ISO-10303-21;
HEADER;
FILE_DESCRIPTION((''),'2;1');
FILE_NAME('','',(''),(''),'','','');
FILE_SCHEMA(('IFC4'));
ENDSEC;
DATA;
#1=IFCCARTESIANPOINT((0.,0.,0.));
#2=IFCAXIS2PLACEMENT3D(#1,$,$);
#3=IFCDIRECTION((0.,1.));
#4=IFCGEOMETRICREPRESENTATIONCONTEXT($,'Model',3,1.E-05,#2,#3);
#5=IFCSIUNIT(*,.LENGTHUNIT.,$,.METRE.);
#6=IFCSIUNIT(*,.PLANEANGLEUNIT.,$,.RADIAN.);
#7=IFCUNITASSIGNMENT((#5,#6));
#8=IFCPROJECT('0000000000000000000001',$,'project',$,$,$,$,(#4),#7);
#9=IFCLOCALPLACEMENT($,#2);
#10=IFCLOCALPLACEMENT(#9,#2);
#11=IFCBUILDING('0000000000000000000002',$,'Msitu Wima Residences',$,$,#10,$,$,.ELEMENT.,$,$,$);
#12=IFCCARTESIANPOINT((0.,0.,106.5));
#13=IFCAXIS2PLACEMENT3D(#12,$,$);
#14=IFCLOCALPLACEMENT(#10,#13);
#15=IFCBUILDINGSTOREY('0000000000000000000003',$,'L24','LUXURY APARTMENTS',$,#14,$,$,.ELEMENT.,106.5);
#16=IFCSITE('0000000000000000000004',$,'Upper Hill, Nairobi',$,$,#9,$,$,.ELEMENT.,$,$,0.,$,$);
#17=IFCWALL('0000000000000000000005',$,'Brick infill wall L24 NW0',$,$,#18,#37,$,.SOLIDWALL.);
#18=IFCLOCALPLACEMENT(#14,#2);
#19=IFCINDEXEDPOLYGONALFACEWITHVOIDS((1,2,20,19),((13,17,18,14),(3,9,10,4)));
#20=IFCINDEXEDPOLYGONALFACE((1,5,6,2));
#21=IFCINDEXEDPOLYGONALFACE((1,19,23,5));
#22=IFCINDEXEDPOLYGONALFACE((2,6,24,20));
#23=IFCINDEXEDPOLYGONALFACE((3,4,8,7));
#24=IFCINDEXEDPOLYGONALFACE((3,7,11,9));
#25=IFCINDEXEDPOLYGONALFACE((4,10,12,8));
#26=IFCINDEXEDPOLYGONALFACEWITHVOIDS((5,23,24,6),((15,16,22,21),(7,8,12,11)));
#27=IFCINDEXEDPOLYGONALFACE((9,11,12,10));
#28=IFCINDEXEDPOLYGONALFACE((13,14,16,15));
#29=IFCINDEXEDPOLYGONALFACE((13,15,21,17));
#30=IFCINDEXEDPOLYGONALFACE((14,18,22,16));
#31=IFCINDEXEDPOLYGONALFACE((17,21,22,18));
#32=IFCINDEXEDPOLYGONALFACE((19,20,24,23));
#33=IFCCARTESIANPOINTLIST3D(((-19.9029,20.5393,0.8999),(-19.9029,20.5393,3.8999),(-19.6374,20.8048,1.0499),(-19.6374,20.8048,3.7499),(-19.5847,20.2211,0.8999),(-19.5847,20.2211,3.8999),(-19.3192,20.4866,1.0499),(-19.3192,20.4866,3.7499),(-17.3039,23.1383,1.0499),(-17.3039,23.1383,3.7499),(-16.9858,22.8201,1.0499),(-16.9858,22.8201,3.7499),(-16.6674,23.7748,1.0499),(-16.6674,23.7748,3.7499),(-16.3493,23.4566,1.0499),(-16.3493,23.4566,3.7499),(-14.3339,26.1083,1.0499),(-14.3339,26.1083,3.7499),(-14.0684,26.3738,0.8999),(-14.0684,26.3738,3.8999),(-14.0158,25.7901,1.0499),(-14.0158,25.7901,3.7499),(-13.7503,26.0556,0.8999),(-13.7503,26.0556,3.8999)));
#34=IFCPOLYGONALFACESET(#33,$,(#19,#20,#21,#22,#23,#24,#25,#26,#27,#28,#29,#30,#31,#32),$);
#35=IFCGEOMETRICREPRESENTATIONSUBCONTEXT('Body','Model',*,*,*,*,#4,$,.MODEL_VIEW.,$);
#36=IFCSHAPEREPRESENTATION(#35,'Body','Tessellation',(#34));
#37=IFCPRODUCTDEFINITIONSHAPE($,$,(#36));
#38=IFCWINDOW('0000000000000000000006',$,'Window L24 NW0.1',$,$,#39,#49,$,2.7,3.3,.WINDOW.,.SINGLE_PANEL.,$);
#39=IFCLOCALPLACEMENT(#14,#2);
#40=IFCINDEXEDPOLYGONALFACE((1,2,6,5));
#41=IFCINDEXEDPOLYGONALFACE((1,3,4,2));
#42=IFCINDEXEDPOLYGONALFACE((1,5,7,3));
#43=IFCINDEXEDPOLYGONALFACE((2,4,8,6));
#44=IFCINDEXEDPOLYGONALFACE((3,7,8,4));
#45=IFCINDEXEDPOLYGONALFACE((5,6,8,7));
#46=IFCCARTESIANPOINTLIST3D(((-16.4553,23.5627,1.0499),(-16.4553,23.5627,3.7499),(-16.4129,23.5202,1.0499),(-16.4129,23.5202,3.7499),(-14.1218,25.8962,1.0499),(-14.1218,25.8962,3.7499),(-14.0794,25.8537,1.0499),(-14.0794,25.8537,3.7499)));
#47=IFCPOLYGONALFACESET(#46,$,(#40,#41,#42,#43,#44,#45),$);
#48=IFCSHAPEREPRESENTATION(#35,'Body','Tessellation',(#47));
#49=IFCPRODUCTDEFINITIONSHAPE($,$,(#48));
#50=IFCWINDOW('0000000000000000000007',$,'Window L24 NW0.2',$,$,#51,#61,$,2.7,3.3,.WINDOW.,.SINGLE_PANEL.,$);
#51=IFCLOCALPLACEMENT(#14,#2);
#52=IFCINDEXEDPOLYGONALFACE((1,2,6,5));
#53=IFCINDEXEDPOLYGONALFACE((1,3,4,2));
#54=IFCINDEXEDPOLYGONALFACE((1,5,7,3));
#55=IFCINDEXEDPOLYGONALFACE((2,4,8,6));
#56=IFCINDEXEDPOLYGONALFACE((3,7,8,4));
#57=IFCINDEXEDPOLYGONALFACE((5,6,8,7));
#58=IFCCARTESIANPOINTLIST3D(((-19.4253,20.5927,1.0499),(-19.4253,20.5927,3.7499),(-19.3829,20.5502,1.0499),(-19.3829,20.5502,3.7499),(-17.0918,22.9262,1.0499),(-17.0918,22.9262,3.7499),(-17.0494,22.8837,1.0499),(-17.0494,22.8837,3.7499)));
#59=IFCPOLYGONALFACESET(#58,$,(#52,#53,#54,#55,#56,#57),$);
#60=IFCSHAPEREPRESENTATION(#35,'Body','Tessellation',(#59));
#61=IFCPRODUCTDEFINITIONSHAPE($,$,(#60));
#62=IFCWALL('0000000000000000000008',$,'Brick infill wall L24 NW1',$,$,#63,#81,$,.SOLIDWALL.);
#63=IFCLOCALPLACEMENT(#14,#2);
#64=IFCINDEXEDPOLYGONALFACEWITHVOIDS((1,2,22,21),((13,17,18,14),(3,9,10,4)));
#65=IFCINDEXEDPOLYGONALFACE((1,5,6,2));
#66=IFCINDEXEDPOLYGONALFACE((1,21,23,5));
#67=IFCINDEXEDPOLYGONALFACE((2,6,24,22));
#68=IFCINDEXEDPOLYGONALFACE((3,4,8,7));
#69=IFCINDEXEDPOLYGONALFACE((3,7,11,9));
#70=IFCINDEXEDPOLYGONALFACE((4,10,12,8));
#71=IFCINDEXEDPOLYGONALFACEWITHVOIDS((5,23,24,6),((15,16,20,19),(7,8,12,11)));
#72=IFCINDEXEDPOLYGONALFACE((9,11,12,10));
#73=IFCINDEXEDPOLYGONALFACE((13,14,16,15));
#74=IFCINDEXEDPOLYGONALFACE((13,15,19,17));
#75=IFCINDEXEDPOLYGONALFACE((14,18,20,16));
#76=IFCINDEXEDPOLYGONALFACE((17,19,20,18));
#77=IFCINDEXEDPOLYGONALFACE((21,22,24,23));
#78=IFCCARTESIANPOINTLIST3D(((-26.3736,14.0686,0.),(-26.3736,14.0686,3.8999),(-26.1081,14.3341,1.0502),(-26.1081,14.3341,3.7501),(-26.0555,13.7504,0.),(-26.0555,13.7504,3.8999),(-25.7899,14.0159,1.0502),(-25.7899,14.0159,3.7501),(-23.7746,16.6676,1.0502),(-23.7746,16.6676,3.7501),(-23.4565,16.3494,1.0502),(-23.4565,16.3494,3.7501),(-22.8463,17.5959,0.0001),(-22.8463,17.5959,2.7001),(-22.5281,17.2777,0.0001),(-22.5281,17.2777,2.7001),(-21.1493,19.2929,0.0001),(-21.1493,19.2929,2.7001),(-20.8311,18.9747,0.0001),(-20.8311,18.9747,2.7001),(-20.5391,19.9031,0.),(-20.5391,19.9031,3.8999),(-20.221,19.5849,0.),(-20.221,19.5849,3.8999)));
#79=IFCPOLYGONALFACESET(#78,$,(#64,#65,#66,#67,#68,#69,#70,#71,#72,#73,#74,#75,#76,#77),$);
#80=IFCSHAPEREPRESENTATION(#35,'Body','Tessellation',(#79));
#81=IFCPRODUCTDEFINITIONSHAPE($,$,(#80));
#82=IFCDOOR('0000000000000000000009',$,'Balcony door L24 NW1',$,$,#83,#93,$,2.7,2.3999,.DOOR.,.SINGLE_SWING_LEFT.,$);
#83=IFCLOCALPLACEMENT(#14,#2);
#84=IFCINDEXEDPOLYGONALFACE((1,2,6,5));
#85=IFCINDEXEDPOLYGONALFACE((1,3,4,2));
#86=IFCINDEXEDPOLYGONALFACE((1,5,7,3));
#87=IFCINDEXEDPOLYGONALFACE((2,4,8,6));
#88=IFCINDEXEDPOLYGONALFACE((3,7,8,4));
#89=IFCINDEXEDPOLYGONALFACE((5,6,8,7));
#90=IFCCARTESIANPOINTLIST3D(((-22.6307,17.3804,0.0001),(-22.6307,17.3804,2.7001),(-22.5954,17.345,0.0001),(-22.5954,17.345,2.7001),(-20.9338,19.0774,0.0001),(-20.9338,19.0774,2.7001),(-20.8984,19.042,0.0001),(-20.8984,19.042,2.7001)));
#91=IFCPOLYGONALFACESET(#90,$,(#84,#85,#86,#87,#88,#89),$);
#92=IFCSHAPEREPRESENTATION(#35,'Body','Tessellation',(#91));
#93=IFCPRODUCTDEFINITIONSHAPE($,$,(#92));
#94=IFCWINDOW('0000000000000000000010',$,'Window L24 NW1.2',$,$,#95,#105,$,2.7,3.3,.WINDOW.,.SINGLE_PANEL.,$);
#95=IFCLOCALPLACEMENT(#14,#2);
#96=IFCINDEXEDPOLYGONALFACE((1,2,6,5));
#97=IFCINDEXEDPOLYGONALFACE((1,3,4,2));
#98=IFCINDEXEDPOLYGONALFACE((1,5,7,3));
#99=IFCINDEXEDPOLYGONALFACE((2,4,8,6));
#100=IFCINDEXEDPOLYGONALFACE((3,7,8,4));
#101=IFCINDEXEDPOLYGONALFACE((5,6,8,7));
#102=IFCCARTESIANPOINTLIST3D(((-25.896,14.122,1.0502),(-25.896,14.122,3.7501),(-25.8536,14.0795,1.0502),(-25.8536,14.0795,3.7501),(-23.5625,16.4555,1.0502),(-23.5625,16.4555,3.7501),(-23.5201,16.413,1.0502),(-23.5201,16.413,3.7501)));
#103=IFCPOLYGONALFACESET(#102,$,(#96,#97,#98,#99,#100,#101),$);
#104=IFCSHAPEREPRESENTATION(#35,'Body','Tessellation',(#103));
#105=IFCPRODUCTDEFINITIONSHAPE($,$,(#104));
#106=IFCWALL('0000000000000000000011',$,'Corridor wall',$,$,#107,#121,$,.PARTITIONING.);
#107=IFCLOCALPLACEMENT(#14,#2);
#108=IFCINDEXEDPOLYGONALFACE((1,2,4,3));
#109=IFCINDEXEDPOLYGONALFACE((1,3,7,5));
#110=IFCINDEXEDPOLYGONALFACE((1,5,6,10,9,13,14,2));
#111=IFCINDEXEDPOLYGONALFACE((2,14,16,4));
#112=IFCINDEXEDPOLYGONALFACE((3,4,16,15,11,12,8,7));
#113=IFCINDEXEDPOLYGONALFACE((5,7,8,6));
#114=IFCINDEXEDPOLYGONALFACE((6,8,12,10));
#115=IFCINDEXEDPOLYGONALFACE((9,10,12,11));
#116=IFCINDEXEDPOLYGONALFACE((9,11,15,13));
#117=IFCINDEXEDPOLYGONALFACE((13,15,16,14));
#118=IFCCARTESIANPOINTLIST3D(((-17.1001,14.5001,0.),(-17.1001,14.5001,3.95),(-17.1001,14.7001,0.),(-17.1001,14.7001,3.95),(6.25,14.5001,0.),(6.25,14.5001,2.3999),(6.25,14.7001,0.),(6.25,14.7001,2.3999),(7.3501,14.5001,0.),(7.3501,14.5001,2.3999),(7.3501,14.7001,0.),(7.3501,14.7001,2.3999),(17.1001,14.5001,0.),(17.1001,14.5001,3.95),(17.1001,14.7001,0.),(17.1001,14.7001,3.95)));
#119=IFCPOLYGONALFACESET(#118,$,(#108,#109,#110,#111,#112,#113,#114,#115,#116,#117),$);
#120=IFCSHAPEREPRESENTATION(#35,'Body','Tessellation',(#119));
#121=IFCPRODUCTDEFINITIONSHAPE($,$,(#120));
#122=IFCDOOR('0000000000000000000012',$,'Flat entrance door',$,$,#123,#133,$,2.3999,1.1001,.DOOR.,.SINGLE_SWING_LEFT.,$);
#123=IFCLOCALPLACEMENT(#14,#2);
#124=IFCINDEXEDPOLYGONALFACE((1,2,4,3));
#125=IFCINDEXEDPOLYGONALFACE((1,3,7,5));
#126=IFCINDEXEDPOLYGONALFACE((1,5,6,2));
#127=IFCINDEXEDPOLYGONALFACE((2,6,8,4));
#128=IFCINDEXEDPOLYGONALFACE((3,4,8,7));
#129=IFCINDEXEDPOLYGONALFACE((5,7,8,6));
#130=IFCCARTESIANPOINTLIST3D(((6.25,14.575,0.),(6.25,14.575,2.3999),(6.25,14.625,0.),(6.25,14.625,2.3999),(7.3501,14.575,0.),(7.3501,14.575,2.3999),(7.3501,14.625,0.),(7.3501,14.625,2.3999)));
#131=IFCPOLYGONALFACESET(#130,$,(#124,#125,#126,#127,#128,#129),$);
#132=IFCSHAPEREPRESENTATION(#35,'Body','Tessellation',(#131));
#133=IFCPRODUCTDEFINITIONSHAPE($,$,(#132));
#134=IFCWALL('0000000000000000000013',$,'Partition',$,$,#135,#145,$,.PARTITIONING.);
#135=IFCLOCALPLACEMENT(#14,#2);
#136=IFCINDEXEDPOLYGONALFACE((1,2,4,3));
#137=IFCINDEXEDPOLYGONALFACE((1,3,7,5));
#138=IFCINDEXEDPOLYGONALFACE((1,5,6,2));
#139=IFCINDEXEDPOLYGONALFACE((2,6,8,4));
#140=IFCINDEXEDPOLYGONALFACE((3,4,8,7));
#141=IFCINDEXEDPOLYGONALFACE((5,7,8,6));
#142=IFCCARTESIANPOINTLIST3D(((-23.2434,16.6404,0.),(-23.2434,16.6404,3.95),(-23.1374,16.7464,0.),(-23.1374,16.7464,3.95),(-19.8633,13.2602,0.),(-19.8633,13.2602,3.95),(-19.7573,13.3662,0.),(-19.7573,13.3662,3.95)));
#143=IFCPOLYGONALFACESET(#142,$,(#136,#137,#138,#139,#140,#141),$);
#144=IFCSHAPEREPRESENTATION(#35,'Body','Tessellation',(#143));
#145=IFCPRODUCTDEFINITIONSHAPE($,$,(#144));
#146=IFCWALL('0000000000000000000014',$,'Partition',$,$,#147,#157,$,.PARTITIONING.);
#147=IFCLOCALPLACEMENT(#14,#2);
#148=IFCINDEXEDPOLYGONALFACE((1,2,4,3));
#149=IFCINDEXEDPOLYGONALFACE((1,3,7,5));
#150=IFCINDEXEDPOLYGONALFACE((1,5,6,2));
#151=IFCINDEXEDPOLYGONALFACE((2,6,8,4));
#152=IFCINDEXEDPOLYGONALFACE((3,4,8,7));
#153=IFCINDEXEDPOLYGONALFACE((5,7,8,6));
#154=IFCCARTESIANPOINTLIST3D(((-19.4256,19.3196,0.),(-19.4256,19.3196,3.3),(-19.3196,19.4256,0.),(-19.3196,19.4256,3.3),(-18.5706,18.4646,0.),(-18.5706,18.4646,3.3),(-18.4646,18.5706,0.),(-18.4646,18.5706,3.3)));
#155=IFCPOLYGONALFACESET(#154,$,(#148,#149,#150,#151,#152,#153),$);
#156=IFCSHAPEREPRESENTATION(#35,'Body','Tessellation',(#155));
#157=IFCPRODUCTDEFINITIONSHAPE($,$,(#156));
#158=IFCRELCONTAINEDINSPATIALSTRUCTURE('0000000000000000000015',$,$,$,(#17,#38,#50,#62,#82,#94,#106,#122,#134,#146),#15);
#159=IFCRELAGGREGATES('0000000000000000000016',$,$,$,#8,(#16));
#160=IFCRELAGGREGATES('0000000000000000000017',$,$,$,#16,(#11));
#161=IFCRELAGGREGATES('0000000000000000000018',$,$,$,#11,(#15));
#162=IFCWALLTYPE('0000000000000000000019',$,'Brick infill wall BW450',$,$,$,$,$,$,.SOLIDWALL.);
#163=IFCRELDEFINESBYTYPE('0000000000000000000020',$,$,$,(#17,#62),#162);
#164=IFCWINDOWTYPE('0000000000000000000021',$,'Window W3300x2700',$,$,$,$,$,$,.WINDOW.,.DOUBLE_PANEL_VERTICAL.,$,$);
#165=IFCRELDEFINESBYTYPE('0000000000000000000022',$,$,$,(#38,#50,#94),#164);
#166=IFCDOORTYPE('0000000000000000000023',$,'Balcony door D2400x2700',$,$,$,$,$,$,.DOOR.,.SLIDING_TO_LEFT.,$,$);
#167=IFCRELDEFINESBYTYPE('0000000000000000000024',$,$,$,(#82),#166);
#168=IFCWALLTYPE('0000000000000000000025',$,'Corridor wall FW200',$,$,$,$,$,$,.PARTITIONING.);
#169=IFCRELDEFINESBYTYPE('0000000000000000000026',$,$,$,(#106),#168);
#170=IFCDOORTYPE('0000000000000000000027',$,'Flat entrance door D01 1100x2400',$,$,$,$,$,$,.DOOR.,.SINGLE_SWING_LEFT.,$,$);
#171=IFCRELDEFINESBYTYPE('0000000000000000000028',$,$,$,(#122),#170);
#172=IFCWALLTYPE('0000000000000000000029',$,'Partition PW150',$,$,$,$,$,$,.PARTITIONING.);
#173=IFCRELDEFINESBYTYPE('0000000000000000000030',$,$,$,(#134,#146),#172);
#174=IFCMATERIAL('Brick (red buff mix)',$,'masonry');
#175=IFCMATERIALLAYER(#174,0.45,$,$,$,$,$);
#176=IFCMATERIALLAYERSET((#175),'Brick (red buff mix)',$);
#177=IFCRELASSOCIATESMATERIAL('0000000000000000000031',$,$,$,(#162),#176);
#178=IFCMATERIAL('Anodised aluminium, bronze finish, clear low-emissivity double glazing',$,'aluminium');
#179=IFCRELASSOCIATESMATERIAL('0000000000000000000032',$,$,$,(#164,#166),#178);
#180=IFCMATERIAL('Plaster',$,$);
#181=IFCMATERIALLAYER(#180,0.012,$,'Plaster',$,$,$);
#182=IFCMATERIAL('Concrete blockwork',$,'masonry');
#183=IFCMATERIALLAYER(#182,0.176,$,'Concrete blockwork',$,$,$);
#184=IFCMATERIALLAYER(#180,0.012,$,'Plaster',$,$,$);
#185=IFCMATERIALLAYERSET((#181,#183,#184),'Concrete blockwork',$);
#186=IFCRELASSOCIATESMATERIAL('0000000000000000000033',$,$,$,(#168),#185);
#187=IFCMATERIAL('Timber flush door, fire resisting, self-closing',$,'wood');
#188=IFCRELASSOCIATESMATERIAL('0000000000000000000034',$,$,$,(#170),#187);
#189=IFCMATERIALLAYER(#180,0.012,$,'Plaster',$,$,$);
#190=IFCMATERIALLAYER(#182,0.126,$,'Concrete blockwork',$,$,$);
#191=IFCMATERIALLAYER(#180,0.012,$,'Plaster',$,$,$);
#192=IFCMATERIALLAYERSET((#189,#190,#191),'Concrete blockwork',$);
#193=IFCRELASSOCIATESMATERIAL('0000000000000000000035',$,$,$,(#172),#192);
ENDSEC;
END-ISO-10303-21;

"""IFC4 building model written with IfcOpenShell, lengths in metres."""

from ifc_helpers import new_model, si_unit, direction, frame, frame_2d, origin, place, context, subcontext, project, spatial, rectangle, extrude, material, layer, layer_set, type_object, element, fill, save


model = new_model("IFC4")

# Units and contexts
model_context = context("Model", 3, precision=1e-05, world=origin(), true_north=direction((0.0, 1.0)))
body_context = subcontext(model_context, "Body", "Model", "MODEL_VIEW")
ifc_project = project(units=[si_unit("LENGTHUNIT", "METRE"), si_unit("PLANEANGLEUNIT", "RADIAN")], contexts=[model_context])

# Site, building, storey
site_placement = place(None, origin())
site = spatial("IfcSite", under=ifc_project, at=site_placement, Name="Upper Hill, Nairobi", CompositionType="ELEMENT", RefElevation=0.0)
building_placement = place(site_placement, origin())
building = spatial("IfcBuilding", under=site, at=building_placement, Name="Msitu Wima Residences", CompositionType="ELEMENT")
storey_placement = place(building_placement, frame((0.0, 0.0, 106.5)))
storey = spatial("IfcBuildingStorey", under=building, at=storey_placement, Name="L24", Description="LUXURY APARTMENTS", CompositionType="ELEMENT", Elevation=106.5)

# Wall, openings, windows
ifc_material_1 = material(Name="Brick (red buff mix)", Category="masonry")
ifc_layer_1 = layer(ifc_material_1, 0.45)
ifc_layer_set_1 = layer_set([ifc_layer_1], Name="Brick (red buff mix)")
wall_type_1 = type_object("IfcWallType", Name="Brick infill wall BW450", PredefinedType="SOLIDWALL", material=ifc_layer_set_1)
wall_1_placement = place(storey_placement, frame((-13.9094, 26.2146, 0.8999), z_axis=(0.0, 0.0, 1.0), x_axis=(-0.707107, -0.707107, 0.0)))
wall_1 = element("IfcWall", 1, at=wall_1_placement, inside=storey, type_object=wall_type_1, Name="Brick infill wall L24 NW0", PredefinedType="SOLIDWALL", context=body_context, shape_type="SweptSolid", body=[
    extrude(rectangle(XDim=8.2512, YDim=0.45, at=frame_2d((4.1255, 0.0))), origin(), (0.0, 0.0, 1.0), 3.0),
])
opening_1_placement = place(wall_1_placement, frame((0.3755, 0.0, 0.1499)))
opening_1 = element("IfcOpeningElement", 2, at=opening_1_placement, cuts=wall_1, PredefinedType="OPENING", context=body_context, shape_type="SweptSolid", body=[
    extrude(rectangle(XDim=3.3, YDim=2.7, at=frame_2d((1.6499, 1.3501))), frame((0.0, 0.2349, 0.0), z_axis=(0.0, -1.0, 0.0), x_axis=(1.0, 0.0, 0.0)), (0.0, 0.0, 1.0), 0.47),
])
opening_2_placement = place(wall_1_placement, frame((4.5757, 0.0, 0.1499)))
opening_2 = element("IfcOpeningElement", 3, at=opening_2_placement, cuts=wall_1, PredefinedType="OPENING", context=body_context, shape_type="SweptSolid", body=[
    extrude(rectangle(XDim=3.3, YDim=2.7, at=frame_2d((1.6499, 1.3501))), frame((0.0, 0.2349, 0.0), z_axis=(0.0, -1.0, 0.0), x_axis=(1.0, 0.0, 0.0)), (0.0, 0.0, 1.0), 0.47),
])
ifc_material_2 = material(Name="Anodised aluminium, bronze finish, clear low-emissivity double glazing", Category="aluminium")
window_type = type_object("IfcWindowType", Name="Window W3300x2700", PartitioningType="DOUBLE_PANEL_VERTICAL", PredefinedType="WINDOW", material=ifc_material_2)
window_1_placement = place(opening_1_placement, origin())
window_1 = element("IfcWindow", 4, at=window_1_placement, inside=storey, type_object=window_type, Name="Window L24 NW0.1", OverallHeight=2.7, OverallWidth=3.3, PartitioningType="SINGLE_PANEL", PredefinedType="WINDOW", context=body_context, shape_type="SweptSolid", body=[
    extrude(rectangle(XDim=3.3, YDim=2.7, at=frame_2d((1.6499, 1.3501))), frame((0.0, 0.135, 0.0), z_axis=(0.0, -1.0, 0.0), x_axis=(1.0, 0.0, 0.0)), (0.0, 0.0, 1.0), 0.0601),
])
fill(opening_1, window_1)
window_2_placement = place(opening_2_placement, origin())
window_2 = element("IfcWindow", 5, at=window_2_placement, inside=storey, type_object=window_type, Name="Window L24 NW0.2", OverallHeight=2.7, OverallWidth=3.3, PartitioningType="SINGLE_PANEL", PredefinedType="WINDOW", context=body_context, shape_type="SweptSolid", body=[
    extrude(rectangle(XDim=3.3, YDim=2.7, at=frame_2d((1.6499, 1.3501))), frame((0.0, 0.135, 0.0), z_axis=(0.0, -1.0, 0.0), x_axis=(1.0, 0.0, 0.0)), (0.0, 0.0, 1.0), 0.0601),
])
fill(opening_2, window_2)

# Wall, openings, door, window
wall_2_placement = place(storey_placement, frame((-20.3801, 19.7439, 0.0), z_axis=(0.0, 0.0, 1.0), x_axis=(-0.707107, -0.707107, 0.0)))
wall_2 = element("IfcWall", 6, at=wall_2_placement, inside=storey, type_object=wall_type_1, Name="Brick infill wall L24 NW1", PredefinedType="SOLIDWALL", context=body_context, shape_type="SweptSolid", body=[
    extrude(rectangle(XDim=8.2512, YDim=0.45, at=frame_2d((4.1255, 0.0))), origin(), (0.0, 0.0, 1.0), 3.8999),
])
opening_3_placement = place(wall_2_placement, frame((0.8628, 0.0, 0.0)))
opening_3 = element("IfcOpeningElement", 7, at=opening_3_placement, cuts=wall_2, PredefinedType="OPENING", context=body_context, shape_type="SweptSolid", body=[
    extrude(rectangle(XDim=2.3999, YDim=2.7, at=frame_2d((1.2, 1.3501))), frame((0.0, 0.2349, 0.0), z_axis=(0.0, -1.0, 0.0), x_axis=(1.0, 0.0, 0.0)), (0.0, 0.0, 1.0), 0.47),
])
opening_4_placement = place(wall_2_placement, frame((4.5757, 0.0, 1.05)))
opening_4 = element("IfcOpeningElement", 8, at=opening_4_placement, cuts=wall_2, PredefinedType="OPENING", context=body_context, shape_type="SweptSolid", body=[
    extrude(rectangle(XDim=3.3, YDim=2.7, at=frame_2d((1.6499, 1.3501))), frame((0.0, 0.2349, 0.0), z_axis=(0.0, -1.0, 0.0), x_axis=(1.0, 0.0, 0.0)), (0.0, 0.0, 1.0), 0.47),
])
door_type_1 = type_object("IfcDoorType", Name="Balcony door D2400x2700", OperationType="SLIDING_TO_LEFT", PredefinedType="DOOR", material=ifc_material_2)
door_1_placement = place(opening_3_placement, origin())
door_1 = element("IfcDoor", 9, at=door_1_placement, inside=storey, type_object=door_type_1, Name="Balcony door L24 NW1", OperationType="SINGLE_SWING_LEFT", OverallHeight=2.7, OverallWidth=2.3999, PredefinedType="DOOR", context=body_context, shape_type="SweptSolid", body=[
    extrude(rectangle(XDim=2.3999, YDim=2.7, at=frame_2d((1.2, 1.3501))), frame((0.0, 0.1299, 0.0), z_axis=(0.0, -1.0, 0.0), x_axis=(1.0, 0.0, 0.0)), (0.0, 0.0, 1.0), 0.05),
])
fill(opening_3, door_1)
window_3_placement = place(opening_4_placement, origin())
window_3 = element("IfcWindow", 10, at=window_3_placement, inside=storey, type_object=window_type, Name="Window L24 NW1.2", OverallHeight=2.7, OverallWidth=3.3, PartitioningType="SINGLE_PANEL", PredefinedType="WINDOW", context=body_context, shape_type="SweptSolid", body=[
    extrude(rectangle(XDim=3.3, YDim=2.7, at=frame_2d((1.6499, 1.3501))), frame((0.0, 0.135, 0.0), z_axis=(0.0, -1.0, 0.0), x_axis=(1.0, 0.0, 0.0)), (0.0, 0.0, 1.0), 0.0601),
])
fill(opening_4, window_3)

# Wall, opening, door
ifc_material_3 = material(Name="Plaster")
ifc_layer_2 = layer(ifc_material_3, 0.012, Name="Plaster")
ifc_material_4 = material(Name="Concrete blockwork", Category="masonry")
ifc_layer_3 = layer(ifc_material_4, 0.176, Name="Concrete blockwork")
ifc_layer_4 = layer(ifc_material_3, 0.012, Name="Plaster")
ifc_layer_set_2 = layer_set([ifc_layer_2, ifc_layer_3, ifc_layer_4], Name="Concrete blockwork")
wall_type_2 = type_object("IfcWallType", Name="Corridor wall FW200", PredefinedType="PARTITIONING", material=ifc_layer_set_2)
wall_3_placement = place(storey_placement, frame((-17.1001, 14.6001, 0.0), z_axis=(0.0, 0.0, 1.0), x_axis=(1.0, 0.0, 0.0)))
wall_3 = element("IfcWall", 11, at=wall_3_placement, inside=storey, type_object=wall_type_2, Name="Corridor wall", PredefinedType="PARTITIONING", context=body_context, shape_type="SweptSolid", body=[
    extrude(rectangle(XDim=34.2002, YDim=0.2, at=frame_2d((17.1001, 0.0))), origin(), (0.0, 0.0, 1.0), 3.95),
])
opening_5_placement = place(wall_3_placement, frame((23.3501, 0.0, 0.0)))
opening_5 = element("IfcOpeningElement", 12, at=opening_5_placement, cuts=wall_3, PredefinedType="OPENING", context=body_context, shape_type="SweptSolid", body=[
    extrude(rectangle(XDim=1.1001, YDim=2.3999, at=frame_2d((0.55, 1.2))), frame((0.0, 0.1099, 0.0), z_axis=(0.0, -1.0, 0.0), x_axis=(1.0, 0.0, 0.0)), (0.0, 0.0, 1.0), 0.22),
])
ifc_material_5 = material(Name="Timber flush door, fire resisting, self-closing", Category="wood")
door_type_2 = type_object("IfcDoorType", Name="Flat entrance door D01 1100x2400", OperationType="SINGLE_SWING_LEFT", PredefinedType="DOOR", material=ifc_material_5)
door_2_placement = place(opening_5_placement, origin())
door_2 = element("IfcDoor", 13, at=door_2_placement, inside=storey, type_object=door_type_2, Name="Flat entrance door", OperationType="SINGLE_SWING_LEFT", OverallHeight=2.3999, OverallWidth=1.1001, PredefinedType="DOOR", context=body_context, shape_type="SweptSolid", body=[
    extrude(rectangle(XDim=1.1001, YDim=2.3999, at=frame_2d((0.55, 1.2))), frame((0.0, 0.0249, 0.0), z_axis=(0.0, -1.0, 0.0), x_axis=(1.0, 0.0, 0.0)), (0.0, 0.0, 1.0), 0.05),
])
fill(opening_5, door_2)

# Walls
ifc_layer_5 = layer(ifc_material_3, 0.012, Name="Plaster")
ifc_layer_6 = layer(ifc_material_4, 0.126, Name="Concrete blockwork")
ifc_layer_7 = layer(ifc_material_3, 0.012, Name="Plaster")
ifc_layer_set_3 = layer_set([ifc_layer_5, ifc_layer_6, ifc_layer_7], Name="Concrete blockwork")
wall_type_3 = type_object("IfcWallType", Name="Partition PW150", PredefinedType="PARTITIONING", material=ifc_layer_set_3)
wall_4_placement = place(storey_placement, frame((-23.1904, 16.6934, 0.0), z_axis=(0.0, 0.0, 1.0), x_axis=(0.707107, -0.707107, 0.0)))
element("IfcWall", 14, at=wall_4_placement, inside=storey, type_object=wall_type_3, Name="Partition", PredefinedType="PARTITIONING", context=body_context, shape_type="SweptSolid", body=[
    extrude(rectangle(XDim=4.7803, YDim=0.1499, at=frame_2d((2.3901, 0.0))), origin(), (0.0, 0.0, 1.0), 3.95),
])
wall_5_placement = place(storey_placement, frame((-19.3726, 19.3726, 0.0), z_axis=(0.0, 0.0, 1.0), x_axis=(0.707107, -0.707107, 0.0)))
element("IfcWall", 15, at=wall_5_placement, inside=storey, type_object=wall_type_3, Name="Partition", PredefinedType="PARTITIONING", context=body_context, shape_type="SweptSolid", body=[
    extrude(rectangle(XDim=1.2092, YDim=0.1499, at=frame_2d((0.6045, 0.0))), origin(), (0.0, 0.0, 1.0), 3.3),
])

save(model, "model.ifc")
